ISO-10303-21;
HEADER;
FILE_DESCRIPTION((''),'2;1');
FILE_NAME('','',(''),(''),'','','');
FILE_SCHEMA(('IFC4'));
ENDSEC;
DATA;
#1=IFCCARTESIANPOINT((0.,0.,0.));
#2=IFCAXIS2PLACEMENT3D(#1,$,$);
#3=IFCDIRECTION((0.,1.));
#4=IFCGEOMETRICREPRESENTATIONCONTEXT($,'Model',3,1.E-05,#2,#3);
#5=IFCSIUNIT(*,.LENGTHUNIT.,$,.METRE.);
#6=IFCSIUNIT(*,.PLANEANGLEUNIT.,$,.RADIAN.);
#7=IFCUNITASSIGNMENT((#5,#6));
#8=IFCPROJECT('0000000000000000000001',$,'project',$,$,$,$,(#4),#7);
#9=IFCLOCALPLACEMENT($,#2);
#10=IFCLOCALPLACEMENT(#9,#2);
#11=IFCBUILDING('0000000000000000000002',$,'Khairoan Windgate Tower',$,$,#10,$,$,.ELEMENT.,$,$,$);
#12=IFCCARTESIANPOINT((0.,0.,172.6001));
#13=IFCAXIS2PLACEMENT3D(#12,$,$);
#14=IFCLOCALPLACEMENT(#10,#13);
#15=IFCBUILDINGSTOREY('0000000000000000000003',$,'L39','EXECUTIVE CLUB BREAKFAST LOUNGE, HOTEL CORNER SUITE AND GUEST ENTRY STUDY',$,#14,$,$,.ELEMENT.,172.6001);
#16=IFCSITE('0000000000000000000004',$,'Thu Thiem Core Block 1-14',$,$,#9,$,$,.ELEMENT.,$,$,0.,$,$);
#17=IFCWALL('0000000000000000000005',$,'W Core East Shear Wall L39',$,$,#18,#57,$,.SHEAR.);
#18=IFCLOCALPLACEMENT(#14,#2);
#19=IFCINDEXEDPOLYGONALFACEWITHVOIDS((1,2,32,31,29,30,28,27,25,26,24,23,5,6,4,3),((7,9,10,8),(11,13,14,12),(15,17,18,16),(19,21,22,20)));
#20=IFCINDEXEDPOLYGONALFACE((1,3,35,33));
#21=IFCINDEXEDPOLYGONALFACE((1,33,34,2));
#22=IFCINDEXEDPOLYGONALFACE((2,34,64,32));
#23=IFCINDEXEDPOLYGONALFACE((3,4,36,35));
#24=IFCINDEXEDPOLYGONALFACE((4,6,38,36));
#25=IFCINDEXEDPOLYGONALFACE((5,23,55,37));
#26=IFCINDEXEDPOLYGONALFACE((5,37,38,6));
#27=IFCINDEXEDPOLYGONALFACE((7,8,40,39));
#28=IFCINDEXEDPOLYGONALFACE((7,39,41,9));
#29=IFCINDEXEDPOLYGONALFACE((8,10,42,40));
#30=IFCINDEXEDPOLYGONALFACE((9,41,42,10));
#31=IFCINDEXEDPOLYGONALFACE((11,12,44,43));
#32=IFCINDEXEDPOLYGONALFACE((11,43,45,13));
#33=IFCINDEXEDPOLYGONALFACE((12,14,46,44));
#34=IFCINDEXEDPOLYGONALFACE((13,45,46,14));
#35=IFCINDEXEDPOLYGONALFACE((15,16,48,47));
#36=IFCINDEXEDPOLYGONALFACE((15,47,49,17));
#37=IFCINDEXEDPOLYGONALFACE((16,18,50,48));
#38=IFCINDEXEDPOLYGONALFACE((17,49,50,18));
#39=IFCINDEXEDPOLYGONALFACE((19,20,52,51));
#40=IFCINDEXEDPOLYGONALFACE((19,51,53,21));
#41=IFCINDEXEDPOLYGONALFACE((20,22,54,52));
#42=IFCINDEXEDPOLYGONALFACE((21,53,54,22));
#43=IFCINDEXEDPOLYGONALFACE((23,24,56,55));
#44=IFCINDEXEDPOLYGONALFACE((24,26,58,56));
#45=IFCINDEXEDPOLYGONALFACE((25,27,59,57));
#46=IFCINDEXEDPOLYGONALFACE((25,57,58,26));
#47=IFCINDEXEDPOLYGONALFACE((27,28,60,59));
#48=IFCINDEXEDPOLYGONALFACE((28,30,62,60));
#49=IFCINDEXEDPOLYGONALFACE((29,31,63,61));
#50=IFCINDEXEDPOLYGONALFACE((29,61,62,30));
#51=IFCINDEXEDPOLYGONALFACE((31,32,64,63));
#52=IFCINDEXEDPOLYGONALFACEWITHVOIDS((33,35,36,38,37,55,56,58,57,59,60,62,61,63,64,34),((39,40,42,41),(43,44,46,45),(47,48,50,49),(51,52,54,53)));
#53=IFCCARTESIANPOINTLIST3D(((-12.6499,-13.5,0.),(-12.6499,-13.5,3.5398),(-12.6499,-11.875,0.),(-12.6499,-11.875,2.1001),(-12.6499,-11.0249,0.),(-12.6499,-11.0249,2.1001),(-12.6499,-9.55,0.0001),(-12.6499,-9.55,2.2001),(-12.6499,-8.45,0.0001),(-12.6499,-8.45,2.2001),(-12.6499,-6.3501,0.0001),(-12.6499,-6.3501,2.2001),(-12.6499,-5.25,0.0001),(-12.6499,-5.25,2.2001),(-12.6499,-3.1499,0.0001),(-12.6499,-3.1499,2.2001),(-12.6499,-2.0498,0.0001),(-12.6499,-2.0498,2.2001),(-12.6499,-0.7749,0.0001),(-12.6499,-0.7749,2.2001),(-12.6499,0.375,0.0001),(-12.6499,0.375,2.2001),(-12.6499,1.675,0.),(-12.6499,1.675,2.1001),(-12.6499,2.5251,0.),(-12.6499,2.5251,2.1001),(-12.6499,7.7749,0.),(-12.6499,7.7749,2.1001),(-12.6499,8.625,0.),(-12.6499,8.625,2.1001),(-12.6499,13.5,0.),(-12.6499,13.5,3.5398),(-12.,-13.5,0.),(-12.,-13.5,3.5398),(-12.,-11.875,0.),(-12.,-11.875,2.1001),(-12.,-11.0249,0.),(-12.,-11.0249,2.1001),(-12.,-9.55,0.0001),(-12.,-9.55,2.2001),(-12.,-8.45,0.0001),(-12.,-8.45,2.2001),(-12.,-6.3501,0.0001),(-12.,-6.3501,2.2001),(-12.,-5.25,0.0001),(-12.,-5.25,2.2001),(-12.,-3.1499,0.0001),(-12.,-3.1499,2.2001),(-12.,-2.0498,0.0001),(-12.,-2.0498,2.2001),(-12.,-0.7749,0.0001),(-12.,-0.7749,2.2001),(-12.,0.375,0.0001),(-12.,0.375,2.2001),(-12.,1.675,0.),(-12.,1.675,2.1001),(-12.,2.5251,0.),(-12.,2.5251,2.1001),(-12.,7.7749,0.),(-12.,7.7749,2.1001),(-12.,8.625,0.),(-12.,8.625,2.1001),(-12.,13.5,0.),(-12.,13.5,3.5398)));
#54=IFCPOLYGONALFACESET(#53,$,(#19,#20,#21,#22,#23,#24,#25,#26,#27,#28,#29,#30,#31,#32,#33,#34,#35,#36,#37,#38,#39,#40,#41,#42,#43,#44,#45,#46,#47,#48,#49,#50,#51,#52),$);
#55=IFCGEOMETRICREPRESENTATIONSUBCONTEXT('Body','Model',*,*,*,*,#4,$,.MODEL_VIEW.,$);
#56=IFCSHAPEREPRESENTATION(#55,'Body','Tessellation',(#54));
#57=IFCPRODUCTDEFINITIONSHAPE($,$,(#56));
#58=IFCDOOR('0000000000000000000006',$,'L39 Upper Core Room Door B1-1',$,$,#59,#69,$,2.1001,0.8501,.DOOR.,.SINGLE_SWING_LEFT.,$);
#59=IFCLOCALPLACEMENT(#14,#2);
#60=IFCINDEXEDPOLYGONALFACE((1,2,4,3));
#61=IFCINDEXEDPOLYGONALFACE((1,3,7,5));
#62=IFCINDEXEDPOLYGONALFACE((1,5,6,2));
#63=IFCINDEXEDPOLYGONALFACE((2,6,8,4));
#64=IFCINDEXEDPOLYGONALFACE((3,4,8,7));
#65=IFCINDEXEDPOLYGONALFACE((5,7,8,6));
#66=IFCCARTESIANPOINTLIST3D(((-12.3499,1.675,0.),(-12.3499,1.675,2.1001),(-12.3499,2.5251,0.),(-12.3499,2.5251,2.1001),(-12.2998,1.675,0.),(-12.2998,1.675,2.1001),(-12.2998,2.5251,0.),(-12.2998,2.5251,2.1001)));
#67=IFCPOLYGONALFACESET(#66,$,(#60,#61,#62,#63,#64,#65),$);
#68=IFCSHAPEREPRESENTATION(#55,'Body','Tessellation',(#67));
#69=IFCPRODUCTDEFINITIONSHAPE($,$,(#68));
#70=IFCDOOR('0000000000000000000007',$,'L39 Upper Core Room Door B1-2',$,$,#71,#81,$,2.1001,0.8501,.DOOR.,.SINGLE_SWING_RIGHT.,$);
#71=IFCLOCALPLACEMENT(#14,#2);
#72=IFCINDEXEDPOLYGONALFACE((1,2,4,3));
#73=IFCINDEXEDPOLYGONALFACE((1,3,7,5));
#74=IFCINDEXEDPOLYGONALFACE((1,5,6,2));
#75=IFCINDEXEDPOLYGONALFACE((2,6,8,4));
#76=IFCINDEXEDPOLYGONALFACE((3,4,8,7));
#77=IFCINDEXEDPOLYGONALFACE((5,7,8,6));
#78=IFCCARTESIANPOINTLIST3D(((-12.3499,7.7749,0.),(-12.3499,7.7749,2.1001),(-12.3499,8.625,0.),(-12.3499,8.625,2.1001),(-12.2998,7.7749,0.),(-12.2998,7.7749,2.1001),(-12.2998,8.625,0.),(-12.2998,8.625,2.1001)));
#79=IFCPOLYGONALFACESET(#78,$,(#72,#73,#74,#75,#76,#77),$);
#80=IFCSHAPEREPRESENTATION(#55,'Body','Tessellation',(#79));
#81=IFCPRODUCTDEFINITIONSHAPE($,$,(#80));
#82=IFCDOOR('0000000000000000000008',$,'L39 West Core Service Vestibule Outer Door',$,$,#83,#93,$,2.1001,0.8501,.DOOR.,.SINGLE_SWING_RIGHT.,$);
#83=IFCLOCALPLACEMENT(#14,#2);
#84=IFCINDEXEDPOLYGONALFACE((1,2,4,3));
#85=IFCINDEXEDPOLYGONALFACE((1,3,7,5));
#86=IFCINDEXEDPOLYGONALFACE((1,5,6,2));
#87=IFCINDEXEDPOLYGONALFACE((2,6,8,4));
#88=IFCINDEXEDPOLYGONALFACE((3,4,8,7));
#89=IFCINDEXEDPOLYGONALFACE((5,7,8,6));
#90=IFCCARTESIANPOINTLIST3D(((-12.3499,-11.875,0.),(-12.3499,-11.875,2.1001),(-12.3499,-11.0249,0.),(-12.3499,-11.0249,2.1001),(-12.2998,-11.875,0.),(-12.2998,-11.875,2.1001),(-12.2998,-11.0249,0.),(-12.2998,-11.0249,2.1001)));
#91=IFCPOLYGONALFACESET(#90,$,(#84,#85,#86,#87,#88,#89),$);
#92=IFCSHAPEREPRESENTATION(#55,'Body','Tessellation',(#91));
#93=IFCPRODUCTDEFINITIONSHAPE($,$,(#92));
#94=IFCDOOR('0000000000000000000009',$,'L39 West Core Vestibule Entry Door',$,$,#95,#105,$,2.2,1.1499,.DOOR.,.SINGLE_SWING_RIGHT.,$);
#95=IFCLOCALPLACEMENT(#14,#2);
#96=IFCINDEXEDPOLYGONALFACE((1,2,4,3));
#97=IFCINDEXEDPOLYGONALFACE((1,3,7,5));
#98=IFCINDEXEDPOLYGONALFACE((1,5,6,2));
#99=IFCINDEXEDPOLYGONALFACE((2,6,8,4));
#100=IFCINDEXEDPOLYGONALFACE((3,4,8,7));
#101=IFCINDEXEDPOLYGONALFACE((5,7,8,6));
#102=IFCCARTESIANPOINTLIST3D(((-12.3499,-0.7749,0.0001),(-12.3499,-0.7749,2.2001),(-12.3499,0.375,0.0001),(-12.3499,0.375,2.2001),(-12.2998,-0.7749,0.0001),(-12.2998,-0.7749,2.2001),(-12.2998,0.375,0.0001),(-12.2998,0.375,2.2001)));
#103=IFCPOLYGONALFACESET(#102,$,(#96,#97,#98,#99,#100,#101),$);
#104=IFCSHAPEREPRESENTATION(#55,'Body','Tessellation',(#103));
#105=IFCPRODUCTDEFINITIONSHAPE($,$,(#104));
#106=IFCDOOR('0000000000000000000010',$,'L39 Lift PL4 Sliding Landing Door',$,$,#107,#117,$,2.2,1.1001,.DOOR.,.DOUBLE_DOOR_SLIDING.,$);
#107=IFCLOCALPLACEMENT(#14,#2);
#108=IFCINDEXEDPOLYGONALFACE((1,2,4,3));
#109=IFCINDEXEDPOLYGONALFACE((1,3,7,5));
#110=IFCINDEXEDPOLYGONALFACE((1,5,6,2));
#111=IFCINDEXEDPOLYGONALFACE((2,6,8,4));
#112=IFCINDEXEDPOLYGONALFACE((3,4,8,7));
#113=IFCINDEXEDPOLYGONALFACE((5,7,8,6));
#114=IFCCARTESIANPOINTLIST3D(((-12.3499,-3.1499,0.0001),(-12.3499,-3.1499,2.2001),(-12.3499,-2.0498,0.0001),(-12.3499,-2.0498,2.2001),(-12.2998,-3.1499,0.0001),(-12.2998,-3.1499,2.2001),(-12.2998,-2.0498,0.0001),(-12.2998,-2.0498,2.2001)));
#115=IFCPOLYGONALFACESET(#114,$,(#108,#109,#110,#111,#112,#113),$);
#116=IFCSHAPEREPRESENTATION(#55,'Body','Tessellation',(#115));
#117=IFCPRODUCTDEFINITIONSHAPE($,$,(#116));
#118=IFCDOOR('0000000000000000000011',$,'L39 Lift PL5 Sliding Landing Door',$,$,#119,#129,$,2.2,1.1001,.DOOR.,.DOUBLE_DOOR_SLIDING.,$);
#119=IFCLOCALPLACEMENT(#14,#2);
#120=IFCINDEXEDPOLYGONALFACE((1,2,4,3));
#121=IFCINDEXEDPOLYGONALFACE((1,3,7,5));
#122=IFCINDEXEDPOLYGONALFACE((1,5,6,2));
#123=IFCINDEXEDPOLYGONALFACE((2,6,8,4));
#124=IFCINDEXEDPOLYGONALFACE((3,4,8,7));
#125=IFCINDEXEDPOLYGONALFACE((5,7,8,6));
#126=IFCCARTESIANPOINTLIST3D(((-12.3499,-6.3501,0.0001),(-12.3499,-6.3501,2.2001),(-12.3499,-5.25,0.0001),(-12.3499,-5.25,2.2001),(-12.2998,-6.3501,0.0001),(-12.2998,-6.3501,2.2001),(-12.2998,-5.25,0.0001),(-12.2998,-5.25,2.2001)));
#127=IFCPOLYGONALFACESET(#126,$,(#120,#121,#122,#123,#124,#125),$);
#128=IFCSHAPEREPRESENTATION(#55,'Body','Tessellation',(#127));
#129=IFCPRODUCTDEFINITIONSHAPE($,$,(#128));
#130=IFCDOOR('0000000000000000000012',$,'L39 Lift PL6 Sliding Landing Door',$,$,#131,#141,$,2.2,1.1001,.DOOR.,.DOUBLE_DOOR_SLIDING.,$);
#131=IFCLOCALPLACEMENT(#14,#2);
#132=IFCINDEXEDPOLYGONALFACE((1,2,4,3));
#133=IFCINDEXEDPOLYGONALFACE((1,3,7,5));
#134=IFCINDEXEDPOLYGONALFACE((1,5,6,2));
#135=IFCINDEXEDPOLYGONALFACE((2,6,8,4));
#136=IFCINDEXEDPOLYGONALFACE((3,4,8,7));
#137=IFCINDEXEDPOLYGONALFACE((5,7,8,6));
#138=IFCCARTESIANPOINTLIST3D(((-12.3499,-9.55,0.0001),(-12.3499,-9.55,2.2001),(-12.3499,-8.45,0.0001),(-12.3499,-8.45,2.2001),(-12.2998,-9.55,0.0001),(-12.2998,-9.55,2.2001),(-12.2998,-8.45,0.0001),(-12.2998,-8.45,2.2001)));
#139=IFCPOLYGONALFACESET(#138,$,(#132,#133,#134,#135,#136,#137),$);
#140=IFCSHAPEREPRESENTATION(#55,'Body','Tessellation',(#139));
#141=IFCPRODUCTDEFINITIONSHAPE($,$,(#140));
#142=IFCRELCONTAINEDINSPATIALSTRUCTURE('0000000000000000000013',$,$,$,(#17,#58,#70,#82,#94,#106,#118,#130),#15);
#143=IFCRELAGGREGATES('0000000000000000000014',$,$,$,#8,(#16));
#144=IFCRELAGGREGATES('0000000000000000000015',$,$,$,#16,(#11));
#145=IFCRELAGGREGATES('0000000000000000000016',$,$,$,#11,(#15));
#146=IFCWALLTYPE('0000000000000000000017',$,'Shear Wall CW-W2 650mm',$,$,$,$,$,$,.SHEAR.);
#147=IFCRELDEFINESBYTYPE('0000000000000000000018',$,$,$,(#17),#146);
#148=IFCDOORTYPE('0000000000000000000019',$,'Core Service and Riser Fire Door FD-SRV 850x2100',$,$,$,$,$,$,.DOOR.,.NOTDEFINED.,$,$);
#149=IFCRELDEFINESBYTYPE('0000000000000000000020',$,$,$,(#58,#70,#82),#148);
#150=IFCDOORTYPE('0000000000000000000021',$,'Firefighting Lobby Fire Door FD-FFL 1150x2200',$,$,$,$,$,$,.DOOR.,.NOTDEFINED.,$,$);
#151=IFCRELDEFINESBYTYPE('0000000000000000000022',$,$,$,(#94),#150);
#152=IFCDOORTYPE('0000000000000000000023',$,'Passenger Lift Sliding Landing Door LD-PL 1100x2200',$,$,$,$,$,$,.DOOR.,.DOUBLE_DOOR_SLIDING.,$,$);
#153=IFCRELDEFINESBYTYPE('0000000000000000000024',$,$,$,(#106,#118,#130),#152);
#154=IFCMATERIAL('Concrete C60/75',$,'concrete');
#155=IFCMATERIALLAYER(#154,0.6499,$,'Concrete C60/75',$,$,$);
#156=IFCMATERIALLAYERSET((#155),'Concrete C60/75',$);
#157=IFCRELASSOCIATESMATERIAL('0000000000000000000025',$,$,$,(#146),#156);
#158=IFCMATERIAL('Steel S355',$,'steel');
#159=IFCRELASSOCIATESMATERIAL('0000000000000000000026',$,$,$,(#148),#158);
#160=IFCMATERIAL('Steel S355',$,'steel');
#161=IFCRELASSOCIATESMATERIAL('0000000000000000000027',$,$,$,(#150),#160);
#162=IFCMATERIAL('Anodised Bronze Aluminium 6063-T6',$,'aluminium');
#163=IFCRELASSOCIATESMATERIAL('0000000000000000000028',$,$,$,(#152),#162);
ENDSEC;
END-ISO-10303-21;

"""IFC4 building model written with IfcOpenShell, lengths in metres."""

from ifc_helpers import new_model, si_unit, direction, frame, frame_2d, origin, place, context, subcontext, project, spatial, rectangle, extrude, material, layer, layer_set, type_object, element, fill, save


model = new_model("IFC4")

# Units and contexts
model_context = context("Model", 3, precision=1e-05, world=origin(), true_north=direction((0.0, 1.0)))
body_context = subcontext(model_context, "Body", "Model", "MODEL_VIEW")
ifc_project = project(units=[si_unit("LENGTHUNIT", "METRE"), si_unit("PLANEANGLEUNIT", "RADIAN")], contexts=[model_context])

# Site, building, storey
site_placement = place(None, origin())
site = spatial("IfcSite", under=ifc_project, at=site_placement, Name="Thu Thiem Core Block 1-14", CompositionType="ELEMENT", RefElevation=0.0)
building_placement = place(site_placement, origin())
building = spatial("IfcBuilding", under=site, at=building_placement, Name="Khairoan Windgate Tower", CompositionType="ELEMENT")
storey_placement = place(building_placement, frame((0.0, 0.0, 172.6001)))
storey = spatial("IfcBuildingStorey", under=building, at=storey_placement, Name="L39", Description="EXECUTIVE CLUB BREAKFAST LOUNGE, HOTEL CORNER SUITE AND GUEST ENTRY STUDY", CompositionType="ELEMENT", Elevation=172.6001)

# Wall, openings, doors
ifc_material_1 = material(Name="Concrete C60/75", Category="concrete")
ifc_layer_1 = layer(ifc_material_1, 0.6499, Name="Concrete C60/75")
ifc_layer_set_1 = layer_set([ifc_layer_1], Name="Concrete C60/75")
wall_type_1 = type_object("IfcWallType", Name="Shear Wall CW-W2 650mm", PredefinedType="SHEAR", material=ifc_layer_set_1)
wall_1_placement = place(storey_placement, frame((-12.325, -13.5, 0.0), z_axis=(0.0, 0.0, 1.0), x_axis=(0.0, 1.0, 0.0)))
wall_1 = element("IfcWall", 1, at=wall_1_placement, inside=storey, type_object=wall_type_1, Name="W Core East Shear Wall L39", PredefinedType="SHEAR", context=body_context, shape_type="SweptSolid", body=[
    extrude(rectangle(XDim=27.0, YDim=0.6499, at=frame_2d((13.5, 0.0))), origin(), (0.0, 0.0, 1.0), 3.5398),
])
opening_1_placement = place(wall_1_placement, frame((10.3501, 0.0, 0.0)))
opening_1 = element("IfcOpeningElement", 2, at=opening_1_placement, cuts=wall_1, PredefinedType="OPENING", context=body_context, shape_type="SweptSolid", body=[
    extrude(rectangle(XDim=1.1001, YDim=2.2, at=frame_2d((0.55, 1.1001))), frame((0.0, 0.335, 0.0), z_axis=(0.0, -1.0, 0.0), x_axis=(1.0, 0.0, 0.0)), (0.0, 0.0, 1.0), 0.6699),
])
opening_2_placement = place(wall_1_placement, frame((7.1499, 0.0, 0.0)))
opening_2 = element("IfcOpeningElement", 3, at=opening_2_placement, cuts=wall_1, PredefinedType="OPENING", context=body_context, shape_type="SweptSolid", body=[
    extrude(rectangle(XDim=1.1001, YDim=2.2, at=frame_2d((0.55, 1.1001))), frame((0.0, 0.335, 0.0), z_axis=(0.0, -1.0, 0.0), x_axis=(1.0, 0.0, 0.0)), (0.0, 0.0, 1.0), 0.6699),
])
opening_3_placement = place(wall_1_placement, frame((3.95, 0.0, 0.0)))
opening_3 = element("IfcOpeningElement", 4, at=opening_3_placement, cuts=wall_1, PredefinedType="OPENING", context=body_context, shape_type="SweptSolid", body=[
    extrude(rectangle(XDim=1.1001, YDim=2.2, at=frame_2d((0.55, 1.1001))), frame((0.0, 0.335, 0.0), z_axis=(0.0, -1.0, 0.0), x_axis=(1.0, 0.0, 0.0)), (0.0, 0.0, 1.0), 0.6699),
])
opening_4_placement = place(wall_1_placement, frame((15.175, 0.0, 0.0)))
opening_4 = element("IfcOpeningElement", 5, at=opening_4_placement, cuts=wall_1, PredefinedType="OPENING", context=body_context, shape_type="SweptSolid", body=[
    extrude(rectangle(XDim=0.8501, YDim=2.1001, at=frame_2d((0.425, 1.05))), frame((0.0, 0.335, 0.0), z_axis=(0.0, -1.0, 0.0), x_axis=(1.0, 0.0, 0.0)), (0.0, 0.0, 1.0), 0.6699),
])
opening_5_placement = place(wall_1_placement, frame((21.2749, 0.0, 0.0)))
opening_5 = element("IfcOpeningElement", 6, at=opening_5_placement, cuts=wall_1, PredefinedType="OPENING", context=body_context, shape_type="SweptSolid", body=[
    extrude(rectangle(XDim=0.8501, YDim=2.1001, at=frame_2d((0.425, 1.05))), frame((0.0, 0.335, 0.0), z_axis=(0.0, -1.0, 0.0), x_axis=(1.0, 0.0, 0.0)), (0.0, 0.0, 1.0), 0.6699),
])
opening_6_placement = place(wall_1_placement, frame((12.7251, 0.0, 0.0)))
opening_6 = element("IfcOpeningElement", 7, at=opening_6_placement, cuts=wall_1, PredefinedType="OPENING", context=body_context, shape_type="SweptSolid", body=[
    extrude(rectangle(XDim=1.1499, YDim=2.2, at=frame_2d((0.575, 1.1001))), frame((0.0, 0.335, 0.0), z_axis=(0.0, -1.0, 0.0), x_axis=(1.0, 0.0, 0.0)), (0.0, 0.0, 1.0), 0.6699),
])
opening_7_placement = place(wall_1_placement, frame((1.625, 0.0, 0.0)))
opening_7 = element("IfcOpeningElement", 8, at=opening_7_placement, cuts=wall_1, PredefinedType="OPENING", context=body_context, shape_type="SweptSolid", body=[
    extrude(rectangle(XDim=0.8501, YDim=2.1001, at=frame_2d((0.425, 1.05))), frame((0.0, 0.335, 0.0), z_axis=(0.0, -1.0, 0.0), x_axis=(1.0, 0.0, 0.0)), (0.0, 0.0, 1.0), 0.6699),
])
ifc_material_2 = material(Name="Steel S355", Category="steel")
door_type_1 = type_object("IfcDoorType", Name="Core Service and Riser Fire Door FD-SRV 850x2100", OperationType="NOTDEFINED", PredefinedType="DOOR", material=ifc_material_2)
door_1_placement = place(opening_4_placement, origin())
door_1 = element("IfcDoor", 9, at=door_1_placement, inside=storey, type_object=door_type_1, Name="L39 Upper Core Room Door B1-1", OperationType="SINGLE_SWING_LEFT", OverallHeight=2.1001, OverallWidth=0.8501, PredefinedType="DOOR", context=body_context, shape_type="SweptSolid", body=[
    extrude(rectangle(XDim=0.8501, YDim=2.1001, at=frame_2d((0.425, 1.05))), frame((0.0, 0.0249, 0.0), z_axis=(0.0, -1.0, 0.0), x_axis=(1.0, 0.0, 0.0)), (0.0, 0.0, 1.0), 0.05),
])
fill(opening_4, door_1)
door_2_placement = place(opening_5_placement, origin())
door_2 = element("IfcDoor", 10, at=door_2_placement, inside=storey, type_object=door_type_1, Name="L39 Upper Core Room Door B1-2", OperationType="SINGLE_SWING_RIGHT", OverallHeight=2.1001, OverallWidth=0.8501, PredefinedType="DOOR", context=body_context, shape_type="SweptSolid", body=[
    extrude(rectangle(XDim=0.8501, YDim=2.1001, at=frame_2d((0.425, 1.05))), frame((0.0, 0.0249, 0.0), z_axis=(0.0, -1.0, 0.0), x_axis=(1.0, 0.0, 0.0)), (0.0, 0.0, 1.0), 0.05),
])
fill(opening_5, door_2)
door_3_placement = place(opening_7_placement, origin())
door_3 = element("IfcDoor", 11, at=door_3_placement, inside=storey, type_object=door_type_1, Name="L39 West Core Service Vestibule Outer Door", OperationType="SINGLE_SWING_RIGHT", OverallHeight=2.1001, OverallWidth=0.8501, PredefinedType="DOOR", context=body_context, shape_type="SweptSolid", body=[
    extrude(rectangle(XDim=0.8501, YDim=2.1001, at=frame_2d((0.425, 1.05))), frame((0.0, 0.0249, 0.0), z_axis=(0.0, -1.0, 0.0), x_axis=(1.0, 0.0, 0.0)), (0.0, 0.0, 1.0), 0.05),
])
fill(opening_7, door_3)
ifc_material_3 = material(Name="Steel S355", Category="steel")
door_type_2 = type_object("IfcDoorType", Name="Firefighting Lobby Fire Door FD-FFL 1150x2200", OperationType="NOTDEFINED", PredefinedType="DOOR", material=ifc_material_3)
door_4_placement = place(opening_6_placement, origin())
door_4 = element("IfcDoor", 12, at=door_4_placement, inside=storey, type_object=door_type_2, Name="L39 West Core Vestibule Entry Door", OperationType="SINGLE_SWING_RIGHT", OverallHeight=2.2, OverallWidth=1.1499, PredefinedType="DOOR", context=body_context, shape_type="SweptSolid", body=[
    extrude(rectangle(XDim=1.1499, YDim=2.2, at=frame_2d((0.575, 1.1001))), frame((0.0, 0.0249, 0.0), z_axis=(0.0, -1.0, 0.0), x_axis=(1.0, 0.0, 0.0)), (0.0, 0.0, 1.0), 0.05),
])
fill(opening_6, door_4)
ifc_material_4 = material(Name="Anodised Bronze Aluminium 6063-T6", Category="aluminium")
door_type_3 = type_object("IfcDoorType", Name="Passenger Lift Sliding Landing Door LD-PL 1100x2200", OperationType="DOUBLE_DOOR_SLIDING", PredefinedType="DOOR", material=ifc_material_4)
door_5_placement = place(opening_1_placement, origin())
door_5 = element("IfcDoor", 13, at=door_5_placement, inside=storey, type_object=door_type_3, Name="L39 Lift PL4 Sliding Landing Door", OperationType="DOUBLE_DOOR_SLIDING", OverallHeight=2.2, OverallWidth=1.1001, PredefinedType="DOOR", context=body_context, shape_type="SweptSolid", body=[
    extrude(rectangle(XDim=1.1001, YDim=2.2, at=frame_2d((0.55, 1.1001))), frame((0.0, 0.0249, 0.0), z_axis=(0.0, -1.0, 0.0), x_axis=(1.0, 0.0, 0.0)), (0.0, 0.0, 1.0), 0.05),
])
fill(opening_1, door_5)
door_6_placement = place(opening_2_placement, origin())
door_6 = element("IfcDoor", 14, at=door_6_placement, inside=storey, type_object=door_type_3, Name="L39 Lift PL5 Sliding Landing Door", OperationType="DOUBLE_DOOR_SLIDING", OverallHeight=2.2, OverallWidth=1.1001, PredefinedType="DOOR", context=body_context, shape_type="SweptSolid", body=[
    extrude(rectangle(XDim=1.1001, YDim=2.2, at=frame_2d((0.55, 1.1001))), frame((0.0, 0.0249, 0.0), z_axis=(0.0, -1.0, 0.0), x_axis=(1.0, 0.0, 0.0)), (0.0, 0.0, 1.0), 0.05),
])
fill(opening_2, door_6)
door_7_placement = place(opening_3_placement, origin())
door_7 = element("IfcDoor", 15, at=door_7_placement, inside=storey, type_object=door_type_3, Name="L39 Lift PL6 Sliding Landing Door", OperationType="DOUBLE_DOOR_SLIDING", OverallHeight=2.2, OverallWidth=1.1001, PredefinedType="DOOR", context=body_context, shape_type="SweptSolid", body=[
    extrude(rectangle(XDim=1.1001, YDim=2.2, at=frame_2d((0.55, 1.1001))), frame((0.0, 0.0249, 0.0), z_axis=(0.0, -1.0, 0.0), x_axis=(1.0, 0.0, 0.0)), (0.0, 0.0, 1.0), 0.05),
])
fill(opening_3, door_7)

save(model, "model.ifc")
